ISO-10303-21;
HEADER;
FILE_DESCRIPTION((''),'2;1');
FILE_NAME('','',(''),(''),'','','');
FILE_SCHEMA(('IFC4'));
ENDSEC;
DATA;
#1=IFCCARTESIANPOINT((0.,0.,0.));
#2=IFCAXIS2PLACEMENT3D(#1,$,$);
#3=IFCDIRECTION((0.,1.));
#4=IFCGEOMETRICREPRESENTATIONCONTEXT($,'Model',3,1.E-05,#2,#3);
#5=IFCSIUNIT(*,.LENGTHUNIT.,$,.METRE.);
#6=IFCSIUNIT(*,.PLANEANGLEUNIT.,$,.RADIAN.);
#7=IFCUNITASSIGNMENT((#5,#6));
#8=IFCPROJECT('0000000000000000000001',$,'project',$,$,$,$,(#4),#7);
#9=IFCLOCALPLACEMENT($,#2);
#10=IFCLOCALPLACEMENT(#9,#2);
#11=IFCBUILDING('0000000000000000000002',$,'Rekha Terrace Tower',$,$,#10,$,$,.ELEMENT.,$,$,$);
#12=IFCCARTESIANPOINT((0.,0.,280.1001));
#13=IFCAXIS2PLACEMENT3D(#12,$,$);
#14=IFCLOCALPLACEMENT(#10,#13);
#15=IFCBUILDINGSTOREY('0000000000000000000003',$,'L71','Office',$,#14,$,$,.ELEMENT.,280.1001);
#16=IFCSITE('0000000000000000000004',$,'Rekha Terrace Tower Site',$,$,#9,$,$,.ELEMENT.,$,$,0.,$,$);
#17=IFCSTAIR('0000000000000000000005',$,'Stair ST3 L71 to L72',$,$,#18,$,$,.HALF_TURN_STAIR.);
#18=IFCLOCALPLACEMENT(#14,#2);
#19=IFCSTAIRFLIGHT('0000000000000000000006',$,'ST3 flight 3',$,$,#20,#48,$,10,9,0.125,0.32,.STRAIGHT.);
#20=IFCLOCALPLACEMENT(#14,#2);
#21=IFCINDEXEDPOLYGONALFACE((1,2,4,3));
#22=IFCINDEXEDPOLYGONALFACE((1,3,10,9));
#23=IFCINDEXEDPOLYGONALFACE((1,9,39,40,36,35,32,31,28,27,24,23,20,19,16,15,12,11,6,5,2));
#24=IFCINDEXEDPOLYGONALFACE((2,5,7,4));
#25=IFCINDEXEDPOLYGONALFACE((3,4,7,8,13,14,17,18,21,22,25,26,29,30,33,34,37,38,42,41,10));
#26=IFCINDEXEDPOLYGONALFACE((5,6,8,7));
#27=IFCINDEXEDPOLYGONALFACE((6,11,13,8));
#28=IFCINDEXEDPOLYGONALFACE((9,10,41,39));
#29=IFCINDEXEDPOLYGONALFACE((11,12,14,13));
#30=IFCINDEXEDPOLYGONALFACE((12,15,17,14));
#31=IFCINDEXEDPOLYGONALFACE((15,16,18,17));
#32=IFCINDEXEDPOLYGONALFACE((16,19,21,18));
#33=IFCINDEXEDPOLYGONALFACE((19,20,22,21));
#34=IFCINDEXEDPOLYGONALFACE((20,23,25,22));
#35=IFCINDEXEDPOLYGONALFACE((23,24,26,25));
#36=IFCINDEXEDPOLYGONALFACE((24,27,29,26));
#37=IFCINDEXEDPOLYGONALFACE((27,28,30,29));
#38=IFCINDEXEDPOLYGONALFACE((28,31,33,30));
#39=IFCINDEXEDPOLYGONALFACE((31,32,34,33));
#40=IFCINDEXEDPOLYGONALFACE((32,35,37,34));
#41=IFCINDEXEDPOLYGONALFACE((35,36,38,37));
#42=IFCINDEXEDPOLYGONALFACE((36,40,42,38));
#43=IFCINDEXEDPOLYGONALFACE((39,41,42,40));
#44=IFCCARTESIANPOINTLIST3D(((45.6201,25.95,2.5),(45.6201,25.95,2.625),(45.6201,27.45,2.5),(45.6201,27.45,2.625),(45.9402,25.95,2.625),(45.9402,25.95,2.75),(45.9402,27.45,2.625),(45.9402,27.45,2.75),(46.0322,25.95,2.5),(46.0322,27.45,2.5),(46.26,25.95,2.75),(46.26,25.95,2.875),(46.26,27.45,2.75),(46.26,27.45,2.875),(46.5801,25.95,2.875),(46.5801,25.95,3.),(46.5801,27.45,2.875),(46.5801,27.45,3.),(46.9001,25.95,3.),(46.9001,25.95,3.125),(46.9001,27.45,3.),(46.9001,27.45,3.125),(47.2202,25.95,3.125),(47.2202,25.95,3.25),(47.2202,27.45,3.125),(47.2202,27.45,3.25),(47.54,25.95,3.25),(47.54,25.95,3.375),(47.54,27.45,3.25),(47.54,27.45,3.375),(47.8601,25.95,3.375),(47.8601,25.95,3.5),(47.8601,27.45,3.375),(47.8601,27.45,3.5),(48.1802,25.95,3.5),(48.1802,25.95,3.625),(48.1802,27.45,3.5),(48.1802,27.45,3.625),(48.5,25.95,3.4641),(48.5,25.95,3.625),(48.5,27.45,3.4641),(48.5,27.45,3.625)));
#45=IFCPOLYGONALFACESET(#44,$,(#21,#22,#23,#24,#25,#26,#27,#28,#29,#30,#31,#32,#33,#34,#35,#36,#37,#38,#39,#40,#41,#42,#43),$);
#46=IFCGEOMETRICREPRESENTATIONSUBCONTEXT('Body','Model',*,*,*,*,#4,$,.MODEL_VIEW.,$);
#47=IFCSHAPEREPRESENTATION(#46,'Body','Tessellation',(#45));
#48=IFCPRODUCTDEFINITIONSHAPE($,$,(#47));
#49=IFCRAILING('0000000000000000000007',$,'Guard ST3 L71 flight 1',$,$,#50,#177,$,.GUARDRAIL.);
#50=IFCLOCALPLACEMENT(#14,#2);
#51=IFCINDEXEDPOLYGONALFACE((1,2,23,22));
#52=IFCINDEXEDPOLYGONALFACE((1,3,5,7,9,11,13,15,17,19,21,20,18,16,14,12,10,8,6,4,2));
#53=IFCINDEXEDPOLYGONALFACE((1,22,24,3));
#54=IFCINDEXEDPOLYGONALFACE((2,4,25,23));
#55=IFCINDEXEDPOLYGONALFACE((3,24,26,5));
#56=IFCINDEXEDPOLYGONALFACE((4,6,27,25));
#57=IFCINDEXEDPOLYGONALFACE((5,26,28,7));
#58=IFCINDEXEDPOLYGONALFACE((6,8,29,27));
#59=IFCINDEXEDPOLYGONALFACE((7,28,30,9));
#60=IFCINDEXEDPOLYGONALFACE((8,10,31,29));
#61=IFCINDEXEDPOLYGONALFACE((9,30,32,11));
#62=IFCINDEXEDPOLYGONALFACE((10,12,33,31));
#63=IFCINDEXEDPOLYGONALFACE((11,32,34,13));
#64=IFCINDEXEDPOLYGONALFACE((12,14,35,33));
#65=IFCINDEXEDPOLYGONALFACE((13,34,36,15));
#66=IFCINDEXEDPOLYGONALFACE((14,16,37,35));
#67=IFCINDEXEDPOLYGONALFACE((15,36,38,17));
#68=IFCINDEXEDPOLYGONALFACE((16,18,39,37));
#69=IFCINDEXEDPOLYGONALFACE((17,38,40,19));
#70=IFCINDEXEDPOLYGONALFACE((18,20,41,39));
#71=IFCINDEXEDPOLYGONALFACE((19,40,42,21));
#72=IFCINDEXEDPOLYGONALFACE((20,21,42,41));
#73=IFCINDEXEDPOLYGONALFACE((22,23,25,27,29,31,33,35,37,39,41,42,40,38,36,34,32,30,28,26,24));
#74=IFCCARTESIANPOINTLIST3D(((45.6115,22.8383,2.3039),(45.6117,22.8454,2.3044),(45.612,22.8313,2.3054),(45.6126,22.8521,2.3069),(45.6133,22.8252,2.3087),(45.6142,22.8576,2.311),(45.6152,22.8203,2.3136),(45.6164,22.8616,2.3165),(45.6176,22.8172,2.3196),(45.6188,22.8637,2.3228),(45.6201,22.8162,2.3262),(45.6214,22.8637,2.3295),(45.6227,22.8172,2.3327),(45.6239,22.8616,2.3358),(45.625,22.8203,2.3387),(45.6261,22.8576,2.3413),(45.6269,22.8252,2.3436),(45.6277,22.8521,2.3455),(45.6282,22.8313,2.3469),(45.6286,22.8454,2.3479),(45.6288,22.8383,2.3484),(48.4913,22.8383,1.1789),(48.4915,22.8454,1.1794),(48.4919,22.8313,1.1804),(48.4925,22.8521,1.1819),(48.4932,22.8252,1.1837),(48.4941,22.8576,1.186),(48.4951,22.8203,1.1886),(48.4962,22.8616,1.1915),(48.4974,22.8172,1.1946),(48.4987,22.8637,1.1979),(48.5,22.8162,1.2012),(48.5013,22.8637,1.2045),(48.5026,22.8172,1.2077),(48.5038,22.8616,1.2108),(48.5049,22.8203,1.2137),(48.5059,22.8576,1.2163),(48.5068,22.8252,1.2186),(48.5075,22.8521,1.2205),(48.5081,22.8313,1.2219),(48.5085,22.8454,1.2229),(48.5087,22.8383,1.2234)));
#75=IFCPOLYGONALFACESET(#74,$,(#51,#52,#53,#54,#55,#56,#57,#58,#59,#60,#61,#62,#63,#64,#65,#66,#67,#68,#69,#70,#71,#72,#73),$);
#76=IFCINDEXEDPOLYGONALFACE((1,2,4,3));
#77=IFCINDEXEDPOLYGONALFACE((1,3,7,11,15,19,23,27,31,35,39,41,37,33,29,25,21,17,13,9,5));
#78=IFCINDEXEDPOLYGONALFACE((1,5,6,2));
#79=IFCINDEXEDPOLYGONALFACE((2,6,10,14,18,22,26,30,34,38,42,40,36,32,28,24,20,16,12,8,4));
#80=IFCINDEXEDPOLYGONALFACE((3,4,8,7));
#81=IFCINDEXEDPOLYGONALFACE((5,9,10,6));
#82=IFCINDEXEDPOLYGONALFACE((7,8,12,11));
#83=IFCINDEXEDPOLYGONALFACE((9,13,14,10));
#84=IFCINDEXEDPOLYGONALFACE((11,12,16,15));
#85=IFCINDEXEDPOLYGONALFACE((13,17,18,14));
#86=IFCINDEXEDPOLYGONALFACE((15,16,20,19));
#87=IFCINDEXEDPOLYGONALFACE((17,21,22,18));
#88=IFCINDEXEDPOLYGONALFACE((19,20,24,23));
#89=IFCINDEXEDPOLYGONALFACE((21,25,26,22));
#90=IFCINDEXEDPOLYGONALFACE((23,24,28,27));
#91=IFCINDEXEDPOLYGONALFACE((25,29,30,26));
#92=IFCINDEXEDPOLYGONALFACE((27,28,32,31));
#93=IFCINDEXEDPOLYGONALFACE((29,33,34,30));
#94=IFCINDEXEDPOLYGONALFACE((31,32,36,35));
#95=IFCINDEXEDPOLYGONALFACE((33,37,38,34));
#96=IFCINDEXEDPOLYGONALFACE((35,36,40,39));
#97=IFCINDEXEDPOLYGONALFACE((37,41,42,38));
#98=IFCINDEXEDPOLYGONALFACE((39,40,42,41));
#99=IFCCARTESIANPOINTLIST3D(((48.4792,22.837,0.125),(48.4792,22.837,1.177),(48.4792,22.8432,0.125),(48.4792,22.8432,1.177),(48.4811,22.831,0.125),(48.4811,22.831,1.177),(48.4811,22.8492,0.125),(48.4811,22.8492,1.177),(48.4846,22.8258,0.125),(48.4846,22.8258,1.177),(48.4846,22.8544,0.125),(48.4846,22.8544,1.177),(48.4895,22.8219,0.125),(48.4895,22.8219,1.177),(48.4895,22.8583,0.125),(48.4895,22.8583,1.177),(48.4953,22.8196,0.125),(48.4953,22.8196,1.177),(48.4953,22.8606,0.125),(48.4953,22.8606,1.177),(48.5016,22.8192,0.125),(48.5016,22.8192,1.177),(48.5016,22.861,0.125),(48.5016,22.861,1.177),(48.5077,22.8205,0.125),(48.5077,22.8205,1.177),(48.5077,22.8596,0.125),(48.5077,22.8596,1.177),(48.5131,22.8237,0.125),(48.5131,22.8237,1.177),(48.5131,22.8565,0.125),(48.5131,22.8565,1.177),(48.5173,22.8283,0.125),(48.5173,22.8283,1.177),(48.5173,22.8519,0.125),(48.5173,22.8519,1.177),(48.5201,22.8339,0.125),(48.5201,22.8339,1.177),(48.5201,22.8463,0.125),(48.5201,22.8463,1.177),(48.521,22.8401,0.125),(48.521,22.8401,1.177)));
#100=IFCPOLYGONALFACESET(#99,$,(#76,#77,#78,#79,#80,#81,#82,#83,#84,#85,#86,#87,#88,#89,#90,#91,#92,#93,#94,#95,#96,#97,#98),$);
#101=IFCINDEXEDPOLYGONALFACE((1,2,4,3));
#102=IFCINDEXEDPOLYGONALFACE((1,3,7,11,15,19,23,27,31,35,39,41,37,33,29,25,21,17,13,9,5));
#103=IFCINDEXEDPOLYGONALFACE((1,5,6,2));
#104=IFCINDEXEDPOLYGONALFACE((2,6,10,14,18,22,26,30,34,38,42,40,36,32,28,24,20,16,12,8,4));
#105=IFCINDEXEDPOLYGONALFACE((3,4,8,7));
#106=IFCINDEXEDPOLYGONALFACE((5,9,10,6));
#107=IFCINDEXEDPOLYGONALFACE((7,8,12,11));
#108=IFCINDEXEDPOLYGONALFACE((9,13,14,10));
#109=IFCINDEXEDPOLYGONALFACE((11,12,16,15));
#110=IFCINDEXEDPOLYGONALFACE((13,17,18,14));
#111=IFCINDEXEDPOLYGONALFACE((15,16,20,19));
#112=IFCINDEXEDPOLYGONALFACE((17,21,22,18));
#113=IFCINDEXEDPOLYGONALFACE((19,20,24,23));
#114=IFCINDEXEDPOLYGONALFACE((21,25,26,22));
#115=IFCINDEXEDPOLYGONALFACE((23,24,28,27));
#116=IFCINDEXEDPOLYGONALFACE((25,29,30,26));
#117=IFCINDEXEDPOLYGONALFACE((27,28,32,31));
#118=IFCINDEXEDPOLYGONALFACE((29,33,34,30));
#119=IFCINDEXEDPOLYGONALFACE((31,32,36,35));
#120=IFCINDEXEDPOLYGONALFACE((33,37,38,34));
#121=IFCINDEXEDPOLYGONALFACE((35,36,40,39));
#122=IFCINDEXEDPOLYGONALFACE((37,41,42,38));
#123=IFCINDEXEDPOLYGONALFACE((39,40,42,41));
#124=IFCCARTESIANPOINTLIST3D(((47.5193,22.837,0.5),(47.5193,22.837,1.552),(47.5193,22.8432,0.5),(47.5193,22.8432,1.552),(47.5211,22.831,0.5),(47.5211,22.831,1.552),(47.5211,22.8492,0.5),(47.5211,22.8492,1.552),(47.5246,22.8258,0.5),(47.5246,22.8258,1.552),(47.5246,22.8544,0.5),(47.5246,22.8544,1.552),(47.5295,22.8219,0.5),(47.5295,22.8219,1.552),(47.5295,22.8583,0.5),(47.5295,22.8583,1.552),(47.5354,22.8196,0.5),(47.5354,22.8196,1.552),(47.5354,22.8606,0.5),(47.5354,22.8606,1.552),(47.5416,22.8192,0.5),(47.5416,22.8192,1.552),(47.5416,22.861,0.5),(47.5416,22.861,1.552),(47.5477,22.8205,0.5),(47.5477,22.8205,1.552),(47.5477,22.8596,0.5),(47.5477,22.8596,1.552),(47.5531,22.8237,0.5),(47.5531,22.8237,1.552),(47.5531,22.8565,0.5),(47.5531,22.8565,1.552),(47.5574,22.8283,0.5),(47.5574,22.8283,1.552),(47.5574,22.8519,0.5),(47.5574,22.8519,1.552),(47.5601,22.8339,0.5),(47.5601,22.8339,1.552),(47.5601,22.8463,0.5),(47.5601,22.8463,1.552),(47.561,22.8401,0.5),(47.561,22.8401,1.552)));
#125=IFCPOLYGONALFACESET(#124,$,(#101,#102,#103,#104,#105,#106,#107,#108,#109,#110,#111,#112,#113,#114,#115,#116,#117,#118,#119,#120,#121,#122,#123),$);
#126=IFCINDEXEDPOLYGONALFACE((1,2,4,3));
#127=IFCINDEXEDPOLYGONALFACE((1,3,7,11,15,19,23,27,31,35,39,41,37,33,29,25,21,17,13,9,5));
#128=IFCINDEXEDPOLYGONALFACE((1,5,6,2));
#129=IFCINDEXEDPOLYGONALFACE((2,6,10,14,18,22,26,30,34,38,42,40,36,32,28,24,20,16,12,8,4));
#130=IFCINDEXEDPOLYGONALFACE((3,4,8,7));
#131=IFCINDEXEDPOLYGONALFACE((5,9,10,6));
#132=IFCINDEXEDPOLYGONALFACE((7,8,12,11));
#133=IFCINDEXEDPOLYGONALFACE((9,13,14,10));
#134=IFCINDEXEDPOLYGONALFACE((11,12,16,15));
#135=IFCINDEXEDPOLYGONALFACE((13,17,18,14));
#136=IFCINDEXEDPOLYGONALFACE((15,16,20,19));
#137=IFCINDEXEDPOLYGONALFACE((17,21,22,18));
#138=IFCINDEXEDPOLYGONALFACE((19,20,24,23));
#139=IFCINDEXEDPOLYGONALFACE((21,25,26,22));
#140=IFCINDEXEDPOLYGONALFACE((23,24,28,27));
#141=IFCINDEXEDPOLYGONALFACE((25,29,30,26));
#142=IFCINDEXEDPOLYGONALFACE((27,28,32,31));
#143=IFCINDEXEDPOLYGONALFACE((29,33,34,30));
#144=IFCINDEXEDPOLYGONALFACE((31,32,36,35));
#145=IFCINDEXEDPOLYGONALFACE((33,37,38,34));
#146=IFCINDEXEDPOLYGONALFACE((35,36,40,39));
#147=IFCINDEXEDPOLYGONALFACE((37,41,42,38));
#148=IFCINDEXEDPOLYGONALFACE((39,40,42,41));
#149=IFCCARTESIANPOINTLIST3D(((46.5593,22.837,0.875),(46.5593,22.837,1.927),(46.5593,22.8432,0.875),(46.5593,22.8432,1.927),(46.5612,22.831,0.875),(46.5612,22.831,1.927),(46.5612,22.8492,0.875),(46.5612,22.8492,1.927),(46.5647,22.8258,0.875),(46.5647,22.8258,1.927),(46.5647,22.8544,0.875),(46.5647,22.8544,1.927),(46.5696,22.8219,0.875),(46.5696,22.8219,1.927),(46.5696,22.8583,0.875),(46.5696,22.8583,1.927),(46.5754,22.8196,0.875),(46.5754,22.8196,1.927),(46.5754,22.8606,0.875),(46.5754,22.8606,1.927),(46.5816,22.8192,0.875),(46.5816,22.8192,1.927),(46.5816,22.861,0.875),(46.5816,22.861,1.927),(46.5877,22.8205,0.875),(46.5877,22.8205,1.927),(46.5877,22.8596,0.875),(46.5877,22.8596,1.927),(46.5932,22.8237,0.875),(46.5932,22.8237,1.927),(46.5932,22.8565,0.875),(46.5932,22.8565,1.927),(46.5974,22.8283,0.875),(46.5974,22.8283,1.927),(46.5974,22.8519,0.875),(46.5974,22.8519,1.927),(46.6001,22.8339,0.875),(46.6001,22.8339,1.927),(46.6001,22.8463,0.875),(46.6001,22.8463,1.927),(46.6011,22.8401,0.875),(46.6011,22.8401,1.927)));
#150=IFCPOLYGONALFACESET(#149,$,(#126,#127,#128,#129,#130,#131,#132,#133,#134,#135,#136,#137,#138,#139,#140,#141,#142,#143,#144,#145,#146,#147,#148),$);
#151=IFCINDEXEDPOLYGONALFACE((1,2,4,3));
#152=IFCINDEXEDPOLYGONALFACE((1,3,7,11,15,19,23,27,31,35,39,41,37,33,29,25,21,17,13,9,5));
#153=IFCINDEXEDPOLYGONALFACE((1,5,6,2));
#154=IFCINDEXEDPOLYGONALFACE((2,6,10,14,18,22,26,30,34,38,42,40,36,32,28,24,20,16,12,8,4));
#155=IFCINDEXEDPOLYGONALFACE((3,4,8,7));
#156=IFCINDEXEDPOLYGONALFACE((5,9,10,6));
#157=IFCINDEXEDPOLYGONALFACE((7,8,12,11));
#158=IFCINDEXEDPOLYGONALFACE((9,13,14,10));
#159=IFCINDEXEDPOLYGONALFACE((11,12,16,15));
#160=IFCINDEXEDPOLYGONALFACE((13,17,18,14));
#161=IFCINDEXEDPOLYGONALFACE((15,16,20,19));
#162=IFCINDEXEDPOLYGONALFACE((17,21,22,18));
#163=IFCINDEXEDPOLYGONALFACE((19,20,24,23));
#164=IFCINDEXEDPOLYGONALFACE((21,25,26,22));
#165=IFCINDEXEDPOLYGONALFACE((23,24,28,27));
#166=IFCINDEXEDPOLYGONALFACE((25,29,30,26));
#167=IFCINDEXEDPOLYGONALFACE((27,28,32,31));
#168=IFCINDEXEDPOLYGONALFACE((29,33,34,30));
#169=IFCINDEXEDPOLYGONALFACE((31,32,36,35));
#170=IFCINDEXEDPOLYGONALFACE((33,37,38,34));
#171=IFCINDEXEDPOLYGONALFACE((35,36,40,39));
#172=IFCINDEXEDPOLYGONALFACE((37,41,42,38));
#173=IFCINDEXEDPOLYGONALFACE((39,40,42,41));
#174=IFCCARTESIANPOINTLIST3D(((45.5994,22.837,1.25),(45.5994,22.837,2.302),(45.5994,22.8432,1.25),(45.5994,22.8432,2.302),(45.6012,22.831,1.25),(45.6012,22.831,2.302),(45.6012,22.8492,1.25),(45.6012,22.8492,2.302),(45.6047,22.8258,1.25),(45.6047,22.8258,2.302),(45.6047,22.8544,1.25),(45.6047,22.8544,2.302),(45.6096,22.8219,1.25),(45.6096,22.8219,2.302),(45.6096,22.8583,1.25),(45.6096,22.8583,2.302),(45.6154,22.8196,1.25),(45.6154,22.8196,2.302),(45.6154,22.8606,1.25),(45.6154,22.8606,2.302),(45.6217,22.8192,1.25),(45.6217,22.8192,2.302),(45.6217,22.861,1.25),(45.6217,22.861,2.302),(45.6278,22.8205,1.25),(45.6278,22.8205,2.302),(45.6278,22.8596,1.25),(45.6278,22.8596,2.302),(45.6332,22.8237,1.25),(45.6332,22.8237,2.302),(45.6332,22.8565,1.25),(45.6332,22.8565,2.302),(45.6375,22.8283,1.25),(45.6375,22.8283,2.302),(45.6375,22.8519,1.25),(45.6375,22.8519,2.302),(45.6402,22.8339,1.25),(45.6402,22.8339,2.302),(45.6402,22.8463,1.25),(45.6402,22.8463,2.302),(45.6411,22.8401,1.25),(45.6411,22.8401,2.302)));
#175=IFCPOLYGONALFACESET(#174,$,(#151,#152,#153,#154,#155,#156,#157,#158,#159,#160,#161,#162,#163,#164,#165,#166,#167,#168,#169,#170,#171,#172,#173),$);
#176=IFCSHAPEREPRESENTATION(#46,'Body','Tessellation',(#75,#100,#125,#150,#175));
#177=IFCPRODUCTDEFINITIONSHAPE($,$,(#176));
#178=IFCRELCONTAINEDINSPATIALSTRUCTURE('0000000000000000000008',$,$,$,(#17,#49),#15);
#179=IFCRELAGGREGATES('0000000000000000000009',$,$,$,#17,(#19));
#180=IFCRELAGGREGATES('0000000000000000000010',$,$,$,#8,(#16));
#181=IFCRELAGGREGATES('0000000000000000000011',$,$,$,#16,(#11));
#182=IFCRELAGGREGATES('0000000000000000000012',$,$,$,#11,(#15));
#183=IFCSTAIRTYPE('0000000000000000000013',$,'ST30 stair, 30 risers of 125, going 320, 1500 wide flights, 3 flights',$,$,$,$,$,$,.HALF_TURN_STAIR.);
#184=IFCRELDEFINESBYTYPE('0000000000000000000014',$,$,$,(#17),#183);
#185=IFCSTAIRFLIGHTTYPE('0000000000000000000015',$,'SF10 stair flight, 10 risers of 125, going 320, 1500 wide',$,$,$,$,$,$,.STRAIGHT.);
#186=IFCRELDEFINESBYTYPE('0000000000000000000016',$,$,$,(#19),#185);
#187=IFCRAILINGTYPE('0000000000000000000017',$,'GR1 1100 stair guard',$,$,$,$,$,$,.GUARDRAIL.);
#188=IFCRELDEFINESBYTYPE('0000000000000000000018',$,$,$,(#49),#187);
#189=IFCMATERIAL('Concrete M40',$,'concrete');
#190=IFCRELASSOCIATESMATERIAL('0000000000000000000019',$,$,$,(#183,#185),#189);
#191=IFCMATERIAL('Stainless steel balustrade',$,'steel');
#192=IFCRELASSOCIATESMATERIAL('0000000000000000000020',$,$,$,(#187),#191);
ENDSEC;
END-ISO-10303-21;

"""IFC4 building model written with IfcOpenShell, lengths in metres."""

from ifc_helpers import new_model, si_unit, direction, frame, origin, origin_2d, place, context, subcontext, project, spatial, polyline, circle, outline, extrude, material, type_object, element, aggregate, save


model = new_model("IFC4")

# Units and contexts
model_context = context("Model", 3, precision=1e-05, world=origin(), true_north=direction((0.0, 1.0)))
body_context = subcontext(model_context, "Body", "Model", "MODEL_VIEW")
ifc_project = project(units=[si_unit("LENGTHUNIT", "METRE"), si_unit("PLANEANGLEUNIT", "RADIAN")], contexts=[model_context])

# Site, building, storey
site_placement = place(None, origin())
site = spatial("IfcSite", under=ifc_project, at=site_placement, Name="Rekha Terrace Tower Site", CompositionType="ELEMENT", RefElevation=0.0)
building_placement = place(site_placement, origin())
building = spatial("IfcBuilding", under=site, at=building_placement, Name="Rekha Terrace Tower", CompositionType="ELEMENT")
storey_placement = place(building_placement, frame((0.0, 0.0, 280.1001)))
storey = spatial("IfcBuildingStorey", under=building, at=storey_placement, Name="L71", Description="Office", CompositionType="ELEMENT", Elevation=280.1001)

# Stair, stair flight
ifc_material_1 = material(Name="Concrete M40", Category="concrete")
stair_type = type_object("IfcStairType", Name="ST30 stair, 30 risers of 125, going 320, 1500 wide flights, 3 flights", PredefinedType="HALF_TURN_STAIR", material=ifc_material_1)
stair_placement = place(storey_placement, origin())
stair = element("IfcStair", 1, at=stair_placement, inside=storey, type_object=stair_type, Name="Stair ST3 L71 to L72", PredefinedType="HALF_TURN_STAIR")
stair_flight_type = type_object("IfcStairFlightType", Name="SF10 stair flight, 10 risers of 125, going 320, 1500 wide", PredefinedType="STRAIGHT", material=ifc_material_1)
stair_flight_1_placement = place(storey_placement, frame((45.6201, 26.7, 2.5), z_axis=(0.0, 0.0, 1.0), x_axis=(1.0, 0.0, 0.0)))
stair_flight_1 = element("IfcStairFlight", 2, at=stair_flight_1_placement, type_object=stair_flight_type, Name="ST3 flight 3", NumberOfRisers=10, NumberOfTreads=9, PredefinedType="STRAIGHT", RiserHeight=0.125, TreadLength=0.32, context=body_context, shape_type="SweptSolid", body=[
    extrude(outline(polyline([(0.0, 0.0), (0.0, 0.125), (0.3201, 0.125), (0.3201, 0.25), (0.6399, 0.25), (0.6399, 0.375), (0.96, 0.375), (0.96, 0.5), (1.28, 0.5), (1.28, 0.625), (1.6001, 0.625), (1.6001, 0.75), (1.9199, 0.75), (1.9199, 0.875), (2.24, 0.875), (2.24, 1.0), (2.5601, 1.0), (2.5601, 1.125), (2.8799, 1.125), (2.8799, 1.25), (2.8799, 0.9641), (0.4121, 0.0), (0.0, 0.0)])), frame((0.0, 0.75, 0.0), z_axis=(0.0, -1.0, 0.0), x_axis=(1.0, 0.0, 0.0)), (0.0, 0.0, 1.0), 1.5),
])
aggregate(stair, [stair_flight_1])

# Railing
ifc_material_2 = material(Name="Stainless steel balustrade", Category="steel")
railing_type_1 = type_object("IfcRailingType", Name="GR1 1100 stair guard", PredefinedType="GUARDRAIL", material=ifc_material_2)
railing_1_placement = place(storey_placement, frame((48.5, 22.8401, 0.125)))
element("IfcRailing", 3, at=railing_1_placement, inside=storey, type_object=railing_type_1, Name="Guard ST3 L71 flight 1", PredefinedType="GUARDRAIL", context=body_context, shape_type="SweptSolid", body=[
    extrude(circle(Radius=0.0239, at=origin_2d()), frame((0.0, 0.0, 1.0762), z_axis=(-0.931452, 0.0, 0.363863), x_axis=(0.0, -1.0, 0.0)), (0.0, 0.0, 1.0), 3.0918),
    extrude(circle(Radius=0.021, at=origin_2d()), origin(), (0.0, 0.0, 1.0), 1.052),
    extrude(circle(Radius=0.021, at=origin_2d()), frame((-0.96, 0.0, 0.375)), (0.0, 0.0, 1.0), 1.052),
    extrude(circle(Radius=0.021, at=origin_2d()), frame((-1.9199, 0.0, 0.75)), (0.0, 0.0, 1.0), 1.052),
    extrude(circle(Radius=0.021, at=origin_2d()), frame((-2.8799, 0.0, 1.125)), (0.0, 0.0, 1.0), 1.052),
])

save(model, "model.ifc")
